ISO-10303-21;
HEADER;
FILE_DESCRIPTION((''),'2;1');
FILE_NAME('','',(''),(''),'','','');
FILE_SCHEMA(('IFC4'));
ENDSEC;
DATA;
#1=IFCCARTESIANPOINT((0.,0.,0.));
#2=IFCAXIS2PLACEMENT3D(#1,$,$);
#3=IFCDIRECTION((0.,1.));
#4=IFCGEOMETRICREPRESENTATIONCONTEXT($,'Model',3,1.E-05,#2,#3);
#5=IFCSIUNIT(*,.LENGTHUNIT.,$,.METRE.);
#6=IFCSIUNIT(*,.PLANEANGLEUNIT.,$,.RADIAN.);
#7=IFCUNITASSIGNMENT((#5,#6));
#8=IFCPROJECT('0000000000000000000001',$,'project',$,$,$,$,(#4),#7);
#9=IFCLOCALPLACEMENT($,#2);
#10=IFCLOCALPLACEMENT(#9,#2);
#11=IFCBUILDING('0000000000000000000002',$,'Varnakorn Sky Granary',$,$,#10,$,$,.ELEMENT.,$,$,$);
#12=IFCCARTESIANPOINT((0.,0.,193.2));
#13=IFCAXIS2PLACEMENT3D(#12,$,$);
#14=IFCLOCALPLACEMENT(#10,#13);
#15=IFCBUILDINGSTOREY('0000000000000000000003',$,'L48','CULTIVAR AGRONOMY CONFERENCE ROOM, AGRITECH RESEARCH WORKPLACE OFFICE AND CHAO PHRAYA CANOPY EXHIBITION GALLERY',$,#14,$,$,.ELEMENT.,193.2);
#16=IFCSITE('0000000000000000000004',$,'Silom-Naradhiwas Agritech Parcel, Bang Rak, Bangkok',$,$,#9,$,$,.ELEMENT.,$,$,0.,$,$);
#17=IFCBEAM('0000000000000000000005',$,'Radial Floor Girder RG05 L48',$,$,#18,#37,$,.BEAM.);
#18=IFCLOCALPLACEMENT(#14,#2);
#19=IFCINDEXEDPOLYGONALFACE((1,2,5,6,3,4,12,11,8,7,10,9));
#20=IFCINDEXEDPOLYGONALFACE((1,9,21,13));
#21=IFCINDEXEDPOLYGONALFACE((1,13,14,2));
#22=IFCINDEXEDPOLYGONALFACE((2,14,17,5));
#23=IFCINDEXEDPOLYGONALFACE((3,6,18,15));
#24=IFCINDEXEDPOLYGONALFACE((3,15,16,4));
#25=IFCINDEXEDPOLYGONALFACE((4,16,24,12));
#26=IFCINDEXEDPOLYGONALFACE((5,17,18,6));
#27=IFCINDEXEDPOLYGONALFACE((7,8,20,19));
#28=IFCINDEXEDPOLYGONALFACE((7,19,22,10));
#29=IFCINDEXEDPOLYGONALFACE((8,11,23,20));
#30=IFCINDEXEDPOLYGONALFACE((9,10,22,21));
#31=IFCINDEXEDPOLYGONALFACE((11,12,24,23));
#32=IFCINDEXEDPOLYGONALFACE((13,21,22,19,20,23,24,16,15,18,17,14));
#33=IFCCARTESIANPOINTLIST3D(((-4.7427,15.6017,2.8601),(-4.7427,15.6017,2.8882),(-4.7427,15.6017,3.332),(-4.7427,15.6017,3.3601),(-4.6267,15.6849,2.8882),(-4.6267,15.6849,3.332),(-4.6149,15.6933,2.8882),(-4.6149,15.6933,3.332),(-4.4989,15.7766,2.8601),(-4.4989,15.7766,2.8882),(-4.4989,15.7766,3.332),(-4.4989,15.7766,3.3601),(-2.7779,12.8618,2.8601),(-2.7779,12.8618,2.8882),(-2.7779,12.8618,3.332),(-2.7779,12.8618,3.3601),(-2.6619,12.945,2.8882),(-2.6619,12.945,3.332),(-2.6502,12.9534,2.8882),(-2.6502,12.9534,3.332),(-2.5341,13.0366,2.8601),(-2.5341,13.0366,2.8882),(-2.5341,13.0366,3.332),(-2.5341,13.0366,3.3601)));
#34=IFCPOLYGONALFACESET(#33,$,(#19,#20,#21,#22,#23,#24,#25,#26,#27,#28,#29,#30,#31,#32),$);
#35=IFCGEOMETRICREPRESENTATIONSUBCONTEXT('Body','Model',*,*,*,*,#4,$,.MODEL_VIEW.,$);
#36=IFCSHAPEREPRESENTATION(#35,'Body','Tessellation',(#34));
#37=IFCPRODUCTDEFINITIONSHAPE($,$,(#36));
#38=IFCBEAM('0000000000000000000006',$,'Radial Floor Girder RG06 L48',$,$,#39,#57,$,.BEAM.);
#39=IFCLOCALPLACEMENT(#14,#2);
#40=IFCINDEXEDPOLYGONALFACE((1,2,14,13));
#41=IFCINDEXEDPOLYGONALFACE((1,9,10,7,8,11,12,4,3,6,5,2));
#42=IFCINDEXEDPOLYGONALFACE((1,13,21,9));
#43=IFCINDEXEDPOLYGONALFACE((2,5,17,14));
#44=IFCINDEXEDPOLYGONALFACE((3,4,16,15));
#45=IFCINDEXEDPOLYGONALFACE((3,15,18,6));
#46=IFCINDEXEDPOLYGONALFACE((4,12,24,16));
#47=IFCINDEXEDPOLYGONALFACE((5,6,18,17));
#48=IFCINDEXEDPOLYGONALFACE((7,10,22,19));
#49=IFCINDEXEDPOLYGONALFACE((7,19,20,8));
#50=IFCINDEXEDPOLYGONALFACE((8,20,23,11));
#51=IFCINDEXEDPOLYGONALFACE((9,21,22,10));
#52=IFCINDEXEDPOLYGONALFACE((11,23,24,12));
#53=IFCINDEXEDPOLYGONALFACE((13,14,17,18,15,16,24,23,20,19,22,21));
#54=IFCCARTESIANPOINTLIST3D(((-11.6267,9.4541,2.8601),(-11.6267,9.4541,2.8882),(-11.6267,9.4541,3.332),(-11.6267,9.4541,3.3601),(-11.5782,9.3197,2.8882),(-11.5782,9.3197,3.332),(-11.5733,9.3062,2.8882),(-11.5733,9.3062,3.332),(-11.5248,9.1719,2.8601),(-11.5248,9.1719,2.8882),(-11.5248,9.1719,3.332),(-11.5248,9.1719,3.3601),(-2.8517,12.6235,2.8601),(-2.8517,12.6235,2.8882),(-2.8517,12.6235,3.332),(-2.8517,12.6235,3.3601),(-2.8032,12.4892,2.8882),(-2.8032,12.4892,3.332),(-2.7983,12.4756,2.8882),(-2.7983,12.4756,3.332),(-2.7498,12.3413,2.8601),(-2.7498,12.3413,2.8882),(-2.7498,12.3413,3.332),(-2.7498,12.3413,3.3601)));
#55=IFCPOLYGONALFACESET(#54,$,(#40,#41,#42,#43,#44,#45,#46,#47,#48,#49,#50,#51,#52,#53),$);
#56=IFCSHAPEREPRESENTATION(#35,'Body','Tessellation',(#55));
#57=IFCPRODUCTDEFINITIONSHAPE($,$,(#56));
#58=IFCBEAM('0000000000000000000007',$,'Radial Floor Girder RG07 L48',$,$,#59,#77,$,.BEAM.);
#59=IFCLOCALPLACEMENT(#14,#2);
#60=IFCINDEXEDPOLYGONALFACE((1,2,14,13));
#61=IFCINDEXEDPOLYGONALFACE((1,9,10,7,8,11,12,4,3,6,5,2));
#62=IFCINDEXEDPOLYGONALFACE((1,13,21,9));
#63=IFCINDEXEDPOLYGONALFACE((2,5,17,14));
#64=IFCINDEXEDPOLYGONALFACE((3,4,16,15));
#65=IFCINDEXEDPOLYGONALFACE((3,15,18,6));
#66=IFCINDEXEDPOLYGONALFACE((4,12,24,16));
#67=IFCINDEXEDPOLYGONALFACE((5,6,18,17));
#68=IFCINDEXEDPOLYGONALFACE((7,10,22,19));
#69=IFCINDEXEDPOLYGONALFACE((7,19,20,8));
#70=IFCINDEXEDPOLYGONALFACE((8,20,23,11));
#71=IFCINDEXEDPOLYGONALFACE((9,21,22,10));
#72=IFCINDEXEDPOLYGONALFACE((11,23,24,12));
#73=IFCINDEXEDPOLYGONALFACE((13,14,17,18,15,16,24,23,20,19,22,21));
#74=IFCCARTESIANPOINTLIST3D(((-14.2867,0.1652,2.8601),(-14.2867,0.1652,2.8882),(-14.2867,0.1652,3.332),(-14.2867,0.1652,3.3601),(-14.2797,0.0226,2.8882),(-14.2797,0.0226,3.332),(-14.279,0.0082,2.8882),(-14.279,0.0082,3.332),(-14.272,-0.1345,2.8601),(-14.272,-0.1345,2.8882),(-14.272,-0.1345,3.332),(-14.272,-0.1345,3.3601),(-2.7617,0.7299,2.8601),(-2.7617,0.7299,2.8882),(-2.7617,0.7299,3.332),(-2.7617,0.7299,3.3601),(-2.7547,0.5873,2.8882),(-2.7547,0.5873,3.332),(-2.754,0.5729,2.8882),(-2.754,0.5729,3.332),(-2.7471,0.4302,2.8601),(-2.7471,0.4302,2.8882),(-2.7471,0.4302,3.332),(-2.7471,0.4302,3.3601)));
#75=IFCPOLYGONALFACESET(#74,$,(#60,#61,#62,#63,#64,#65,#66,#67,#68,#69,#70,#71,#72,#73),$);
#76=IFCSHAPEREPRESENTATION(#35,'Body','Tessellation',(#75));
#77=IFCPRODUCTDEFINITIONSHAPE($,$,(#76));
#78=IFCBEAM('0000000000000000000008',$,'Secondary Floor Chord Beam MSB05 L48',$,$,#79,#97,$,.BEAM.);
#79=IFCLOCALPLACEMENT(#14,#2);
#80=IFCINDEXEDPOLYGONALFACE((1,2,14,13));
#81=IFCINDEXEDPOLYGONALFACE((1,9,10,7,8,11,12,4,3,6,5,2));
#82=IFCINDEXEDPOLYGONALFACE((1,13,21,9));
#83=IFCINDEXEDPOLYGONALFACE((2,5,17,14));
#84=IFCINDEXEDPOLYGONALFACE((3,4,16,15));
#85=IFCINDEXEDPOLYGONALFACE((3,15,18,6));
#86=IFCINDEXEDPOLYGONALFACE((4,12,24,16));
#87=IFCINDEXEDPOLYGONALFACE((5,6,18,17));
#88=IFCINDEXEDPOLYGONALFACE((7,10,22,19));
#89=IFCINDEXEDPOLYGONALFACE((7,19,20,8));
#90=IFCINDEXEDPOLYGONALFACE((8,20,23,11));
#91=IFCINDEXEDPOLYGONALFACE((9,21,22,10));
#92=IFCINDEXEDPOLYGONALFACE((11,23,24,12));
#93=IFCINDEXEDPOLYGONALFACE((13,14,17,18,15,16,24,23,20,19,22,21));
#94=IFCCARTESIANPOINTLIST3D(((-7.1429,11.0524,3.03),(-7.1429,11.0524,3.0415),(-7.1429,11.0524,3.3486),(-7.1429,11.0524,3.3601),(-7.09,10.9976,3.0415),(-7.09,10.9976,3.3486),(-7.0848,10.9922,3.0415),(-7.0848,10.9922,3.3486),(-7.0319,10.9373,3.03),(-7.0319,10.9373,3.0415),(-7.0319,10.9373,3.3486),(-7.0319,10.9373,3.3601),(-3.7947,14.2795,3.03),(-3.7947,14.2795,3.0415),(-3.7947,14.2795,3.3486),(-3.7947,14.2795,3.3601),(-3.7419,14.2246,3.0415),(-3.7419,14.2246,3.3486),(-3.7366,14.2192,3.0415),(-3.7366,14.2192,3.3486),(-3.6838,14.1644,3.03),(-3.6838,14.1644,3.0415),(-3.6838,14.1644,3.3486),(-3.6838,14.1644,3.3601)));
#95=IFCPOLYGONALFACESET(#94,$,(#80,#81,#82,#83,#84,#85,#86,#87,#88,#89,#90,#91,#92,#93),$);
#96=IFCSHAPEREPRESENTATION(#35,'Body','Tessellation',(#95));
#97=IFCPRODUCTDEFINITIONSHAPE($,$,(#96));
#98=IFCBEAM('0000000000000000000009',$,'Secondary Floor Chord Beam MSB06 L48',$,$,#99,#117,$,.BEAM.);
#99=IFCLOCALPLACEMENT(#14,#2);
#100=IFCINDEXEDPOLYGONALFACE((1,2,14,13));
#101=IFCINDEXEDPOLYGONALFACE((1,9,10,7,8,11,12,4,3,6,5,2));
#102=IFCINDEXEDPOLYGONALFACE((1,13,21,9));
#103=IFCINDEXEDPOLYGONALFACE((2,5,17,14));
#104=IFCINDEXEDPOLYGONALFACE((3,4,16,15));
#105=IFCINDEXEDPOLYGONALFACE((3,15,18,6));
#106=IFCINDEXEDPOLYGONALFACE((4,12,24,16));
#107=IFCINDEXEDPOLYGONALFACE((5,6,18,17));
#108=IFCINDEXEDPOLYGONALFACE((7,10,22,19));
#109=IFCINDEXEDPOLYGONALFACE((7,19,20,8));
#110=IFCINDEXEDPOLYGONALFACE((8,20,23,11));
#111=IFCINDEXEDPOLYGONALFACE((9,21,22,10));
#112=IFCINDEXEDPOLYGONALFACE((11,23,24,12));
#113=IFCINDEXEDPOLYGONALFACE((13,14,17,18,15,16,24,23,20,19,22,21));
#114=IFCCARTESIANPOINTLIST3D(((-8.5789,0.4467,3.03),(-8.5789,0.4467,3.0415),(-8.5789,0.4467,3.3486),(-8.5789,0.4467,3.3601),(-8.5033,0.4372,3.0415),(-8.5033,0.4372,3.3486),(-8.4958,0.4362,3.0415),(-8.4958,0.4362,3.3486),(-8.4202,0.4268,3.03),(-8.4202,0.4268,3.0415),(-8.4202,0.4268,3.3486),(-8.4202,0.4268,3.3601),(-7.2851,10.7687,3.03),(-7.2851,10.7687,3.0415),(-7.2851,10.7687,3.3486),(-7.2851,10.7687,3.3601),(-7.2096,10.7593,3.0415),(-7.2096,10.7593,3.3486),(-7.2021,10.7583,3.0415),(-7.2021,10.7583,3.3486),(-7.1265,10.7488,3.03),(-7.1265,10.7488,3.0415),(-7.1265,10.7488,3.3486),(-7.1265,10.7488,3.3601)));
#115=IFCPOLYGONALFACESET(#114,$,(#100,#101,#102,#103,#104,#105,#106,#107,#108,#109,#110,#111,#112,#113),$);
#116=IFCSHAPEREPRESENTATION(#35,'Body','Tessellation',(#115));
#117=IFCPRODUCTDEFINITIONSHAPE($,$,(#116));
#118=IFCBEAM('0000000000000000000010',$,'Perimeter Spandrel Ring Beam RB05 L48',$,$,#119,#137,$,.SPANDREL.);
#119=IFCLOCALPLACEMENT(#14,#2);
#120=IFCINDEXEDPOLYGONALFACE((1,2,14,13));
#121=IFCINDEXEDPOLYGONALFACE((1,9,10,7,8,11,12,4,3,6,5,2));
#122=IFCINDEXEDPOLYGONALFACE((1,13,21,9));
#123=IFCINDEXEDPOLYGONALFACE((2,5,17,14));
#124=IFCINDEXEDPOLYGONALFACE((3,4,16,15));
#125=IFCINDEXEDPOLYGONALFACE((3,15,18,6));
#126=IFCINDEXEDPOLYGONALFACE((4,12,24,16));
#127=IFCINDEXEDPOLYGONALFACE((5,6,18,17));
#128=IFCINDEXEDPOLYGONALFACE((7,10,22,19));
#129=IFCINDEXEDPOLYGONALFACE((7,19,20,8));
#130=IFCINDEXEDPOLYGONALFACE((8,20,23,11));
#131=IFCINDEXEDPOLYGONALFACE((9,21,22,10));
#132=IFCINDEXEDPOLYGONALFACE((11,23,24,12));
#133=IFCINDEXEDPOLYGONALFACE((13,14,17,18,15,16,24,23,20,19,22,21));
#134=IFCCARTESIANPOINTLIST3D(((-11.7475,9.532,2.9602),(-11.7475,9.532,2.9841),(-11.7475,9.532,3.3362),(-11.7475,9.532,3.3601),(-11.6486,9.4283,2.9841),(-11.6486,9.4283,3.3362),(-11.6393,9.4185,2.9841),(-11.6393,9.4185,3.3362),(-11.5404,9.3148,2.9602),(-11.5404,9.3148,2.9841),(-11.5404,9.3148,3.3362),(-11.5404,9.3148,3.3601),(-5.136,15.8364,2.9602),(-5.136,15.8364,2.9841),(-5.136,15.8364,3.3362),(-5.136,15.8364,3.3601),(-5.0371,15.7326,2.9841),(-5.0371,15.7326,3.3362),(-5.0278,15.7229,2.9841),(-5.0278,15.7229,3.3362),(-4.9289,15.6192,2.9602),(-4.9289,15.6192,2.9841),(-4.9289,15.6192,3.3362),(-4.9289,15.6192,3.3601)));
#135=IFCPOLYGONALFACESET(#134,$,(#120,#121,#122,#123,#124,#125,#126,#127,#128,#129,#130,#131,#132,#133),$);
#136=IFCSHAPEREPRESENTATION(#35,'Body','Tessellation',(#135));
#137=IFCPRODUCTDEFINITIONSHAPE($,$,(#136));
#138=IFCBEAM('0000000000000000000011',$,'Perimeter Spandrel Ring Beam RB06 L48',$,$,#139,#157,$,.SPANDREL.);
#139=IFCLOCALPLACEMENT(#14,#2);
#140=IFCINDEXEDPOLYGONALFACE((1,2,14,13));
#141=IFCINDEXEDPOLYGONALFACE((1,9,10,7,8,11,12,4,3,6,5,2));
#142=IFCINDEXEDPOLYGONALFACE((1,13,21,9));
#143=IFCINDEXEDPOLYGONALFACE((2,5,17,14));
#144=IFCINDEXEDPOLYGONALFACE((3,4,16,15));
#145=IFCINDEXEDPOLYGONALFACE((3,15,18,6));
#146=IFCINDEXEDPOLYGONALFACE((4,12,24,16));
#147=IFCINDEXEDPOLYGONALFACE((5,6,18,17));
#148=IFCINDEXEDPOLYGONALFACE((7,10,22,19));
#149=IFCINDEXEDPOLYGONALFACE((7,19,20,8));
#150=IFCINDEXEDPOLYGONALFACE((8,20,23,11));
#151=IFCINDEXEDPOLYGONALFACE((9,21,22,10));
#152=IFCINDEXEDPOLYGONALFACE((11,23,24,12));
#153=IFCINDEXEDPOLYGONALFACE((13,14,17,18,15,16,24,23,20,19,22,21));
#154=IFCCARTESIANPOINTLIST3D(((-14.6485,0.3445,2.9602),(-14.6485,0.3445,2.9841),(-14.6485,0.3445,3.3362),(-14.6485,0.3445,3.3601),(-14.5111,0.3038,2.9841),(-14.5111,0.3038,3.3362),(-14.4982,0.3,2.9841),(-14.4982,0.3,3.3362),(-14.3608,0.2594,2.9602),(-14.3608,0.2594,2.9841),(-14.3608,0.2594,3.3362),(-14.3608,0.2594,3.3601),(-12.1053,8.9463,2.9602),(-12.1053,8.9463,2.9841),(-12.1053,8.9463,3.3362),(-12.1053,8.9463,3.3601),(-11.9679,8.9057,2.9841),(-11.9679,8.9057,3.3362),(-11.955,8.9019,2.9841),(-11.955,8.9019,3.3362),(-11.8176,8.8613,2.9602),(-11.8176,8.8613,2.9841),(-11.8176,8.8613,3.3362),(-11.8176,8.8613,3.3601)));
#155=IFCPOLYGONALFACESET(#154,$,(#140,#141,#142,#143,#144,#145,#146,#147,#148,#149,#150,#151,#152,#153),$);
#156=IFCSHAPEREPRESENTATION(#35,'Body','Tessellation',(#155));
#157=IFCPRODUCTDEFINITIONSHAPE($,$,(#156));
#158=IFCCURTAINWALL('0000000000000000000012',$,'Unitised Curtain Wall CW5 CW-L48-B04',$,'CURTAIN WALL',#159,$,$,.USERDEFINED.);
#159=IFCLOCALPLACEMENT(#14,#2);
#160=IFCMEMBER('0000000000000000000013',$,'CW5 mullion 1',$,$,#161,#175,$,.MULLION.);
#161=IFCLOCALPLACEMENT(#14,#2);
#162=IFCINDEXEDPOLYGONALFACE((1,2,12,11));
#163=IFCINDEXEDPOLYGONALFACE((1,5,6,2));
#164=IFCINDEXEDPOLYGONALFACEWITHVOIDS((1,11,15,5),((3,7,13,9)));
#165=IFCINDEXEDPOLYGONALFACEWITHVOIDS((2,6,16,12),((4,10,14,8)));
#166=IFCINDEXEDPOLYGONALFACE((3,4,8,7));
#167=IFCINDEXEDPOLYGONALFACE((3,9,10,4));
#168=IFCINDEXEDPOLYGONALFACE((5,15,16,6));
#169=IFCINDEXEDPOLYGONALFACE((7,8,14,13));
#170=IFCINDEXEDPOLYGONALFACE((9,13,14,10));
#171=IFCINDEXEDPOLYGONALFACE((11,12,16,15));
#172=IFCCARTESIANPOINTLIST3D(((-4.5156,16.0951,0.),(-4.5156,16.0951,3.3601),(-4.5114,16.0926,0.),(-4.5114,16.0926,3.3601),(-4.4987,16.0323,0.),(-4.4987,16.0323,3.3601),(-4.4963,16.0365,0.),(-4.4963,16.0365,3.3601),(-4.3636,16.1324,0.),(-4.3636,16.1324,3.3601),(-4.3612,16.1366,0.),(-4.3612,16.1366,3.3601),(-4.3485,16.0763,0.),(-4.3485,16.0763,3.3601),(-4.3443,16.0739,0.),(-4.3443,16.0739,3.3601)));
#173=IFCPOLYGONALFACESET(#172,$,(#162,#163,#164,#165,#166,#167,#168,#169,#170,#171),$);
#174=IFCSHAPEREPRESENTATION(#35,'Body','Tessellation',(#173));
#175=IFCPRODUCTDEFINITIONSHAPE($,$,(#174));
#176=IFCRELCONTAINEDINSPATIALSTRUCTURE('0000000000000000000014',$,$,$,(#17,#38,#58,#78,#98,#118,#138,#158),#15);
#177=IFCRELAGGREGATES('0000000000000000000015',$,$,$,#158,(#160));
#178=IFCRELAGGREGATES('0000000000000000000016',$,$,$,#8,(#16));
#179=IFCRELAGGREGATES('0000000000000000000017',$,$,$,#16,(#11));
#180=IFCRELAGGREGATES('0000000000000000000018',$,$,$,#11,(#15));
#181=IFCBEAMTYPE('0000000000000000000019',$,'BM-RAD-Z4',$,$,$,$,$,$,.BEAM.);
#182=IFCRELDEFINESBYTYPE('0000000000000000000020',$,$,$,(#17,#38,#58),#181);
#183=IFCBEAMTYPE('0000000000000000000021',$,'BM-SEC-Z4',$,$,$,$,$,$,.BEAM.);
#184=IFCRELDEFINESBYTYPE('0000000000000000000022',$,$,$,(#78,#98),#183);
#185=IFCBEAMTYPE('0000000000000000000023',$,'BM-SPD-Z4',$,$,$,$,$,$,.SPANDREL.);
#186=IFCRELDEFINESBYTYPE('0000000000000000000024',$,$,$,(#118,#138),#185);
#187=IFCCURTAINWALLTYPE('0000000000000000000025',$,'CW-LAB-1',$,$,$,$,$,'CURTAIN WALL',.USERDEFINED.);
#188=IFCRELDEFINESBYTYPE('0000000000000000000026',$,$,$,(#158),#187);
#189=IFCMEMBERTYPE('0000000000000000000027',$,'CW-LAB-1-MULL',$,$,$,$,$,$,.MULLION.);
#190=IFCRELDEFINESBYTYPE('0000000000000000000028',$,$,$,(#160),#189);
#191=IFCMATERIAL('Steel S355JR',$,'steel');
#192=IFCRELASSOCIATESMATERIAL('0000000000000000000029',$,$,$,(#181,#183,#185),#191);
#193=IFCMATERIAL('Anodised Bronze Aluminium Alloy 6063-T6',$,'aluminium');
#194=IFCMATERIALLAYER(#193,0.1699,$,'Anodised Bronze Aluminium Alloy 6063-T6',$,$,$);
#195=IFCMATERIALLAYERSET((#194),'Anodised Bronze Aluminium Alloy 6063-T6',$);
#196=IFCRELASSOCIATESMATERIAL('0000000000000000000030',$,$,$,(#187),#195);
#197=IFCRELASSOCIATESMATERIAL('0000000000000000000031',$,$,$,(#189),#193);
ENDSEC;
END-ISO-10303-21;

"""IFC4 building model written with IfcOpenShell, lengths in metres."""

from ifc_helpers import new_model, si_unit, direction, frame, origin, origin_2d, place, context, subcontext, project, spatial, hollow_rectangle, i_section, extrude, material, layer, layer_set, material_profile, profile_set, type_object, element, aggregate, save


model = new_model("IFC4")

# Units and contexts
model_context = context("Model", 3, precision=1e-05, world=origin(), true_north=direction((0.0, 1.0)))
body_context = subcontext(model_context, "Body", "Model", "MODEL_VIEW")
ifc_project = project(units=[si_unit("LENGTHUNIT", "METRE"), si_unit("PLANEANGLEUNIT", "RADIAN")], contexts=[model_context])

# Site, building, storey
site_placement = place(None, origin())
site = spatial("IfcSite", under=ifc_project, at=site_placement, Name="Silom-Naradhiwas Agritech Parcel, Bang Rak, Bangkok", CompositionType="ELEMENT", RefElevation=0.0)
building_placement = place(site_placement, origin())
building = spatial("IfcBuilding", under=site, at=building_placement, Name="Varnakorn Sky Granary", CompositionType="ELEMENT")
storey_placement = place(building_placement, frame((0.0, 0.0, 193.2)))
storey = spatial("IfcBuildingStorey", under=building, at=storey_placement, Name="L48", Description="CULTIVAR AGRONOMY CONFERENCE ROOM, AGRITECH RESEARCH WORKPLACE OFFICE AND CHAO PHRAYA CANOPY EXHIBITION GALLERY", CompositionType="ELEMENT", Elevation=193.2)

# Beams
ifc_material_1 = material(Name="Steel S355JR", Category="steel")
ifc_material_profile_1 = material_profile(ifc_material_1, i_section(OverallWidth=0.3, OverallDepth=0.5, WebThickness=0.0144, FlangeThickness=0.0281, at=origin_2d()), Name="HE 500 B")
ifc_profile_set_1 = profile_set([ifc_material_profile_1], Name="Steel S355JR")
beam_type_1 = type_object("IfcBeamType", Name="BM-RAD-Z4", PredefinedType="BEAM", material=ifc_profile_set_1)
beam_1_placement = place(storey_placement, frame((-2.656, 12.9492, 3.1101), z_axis=(-0.582751, 0.812651, 0.0), x_axis=(-0.812651, -0.582751, 0.0)))
element("IfcBeam", 1, at=beam_1_placement, inside=storey, type_object=beam_type_1, Name="Radial Floor Girder RG05 L48", PredefinedType="BEAM", context=body_context, shape_type="SweptSolid", body=[
    extrude(i_section(OverallWidth=0.3, OverallDepth=0.5, WebThickness=0.0144, FlangeThickness=0.0281, at=origin_2d()), origin(), (0.0, 0.0, 1.0), 3.3716),
])
beam_2_placement = place(storey_placement, frame((-2.8008, 12.4824, 3.1101), z_axis=(-0.940529, -0.339713, 0.0), x_axis=(0.339713, -0.940529, 0.0)))
element("IfcBeam", 2, at=beam_2_placement, inside=storey, type_object=beam_type_1, Name="Radial Floor Girder RG06 L48", PredefinedType="BEAM", context=body_context, shape_type="SweptSolid", body=[
    extrude(i_section(OverallWidth=0.3, OverallDepth=0.5, WebThickness=0.0144, FlangeThickness=0.0281, at=origin_2d()), origin(), (0.0, 0.0, 1.0), 9.3298),
])
beam_3_placement = place(storey_placement, frame((-2.7544, 0.5801, 3.1101), z_axis=(-0.998802, -0.048939, 0.0), x_axis=(0.048939, -0.998802, 0.0)))
element("IfcBeam", 3, at=beam_3_placement, inside=storey, type_object=beam_type_1, Name="Radial Floor Girder RG07 L48", PredefinedType="BEAM", context=body_context, shape_type="SweptSolid", body=[
    extrude(i_section(OverallWidth=0.3, OverallDepth=0.5, WebThickness=0.0144, FlangeThickness=0.0281, at=origin_2d()), origin(), (0.0, 0.0, 1.0), 11.5388),
])
ifc_material_profile_2 = material_profile(ifc_material_1, i_section(OverallWidth=0.1599, OverallDepth=0.3301, WebThickness=0.0076, FlangeThickness=0.0115, at=origin_2d()), Name="IPE 330")
ifc_profile_set_2 = profile_set([ifc_material_profile_2], Name="Steel S355JR")
beam_type_2 = type_object("IfcBeamType", Name="BM-SEC-Z4", PredefinedType="BEAM", material=ifc_profile_set_2)
beam_4_placement = place(storey_placement, frame((-3.7393, 14.2219, 3.1951), z_axis=(-0.720007, -0.693966, 0.0), x_axis=(0.693966, -0.720007, 0.0)))
element("IfcBeam", 4, at=beam_4_placement, inside=storey, type_object=beam_type_2, Name="Secondary Floor Chord Beam MSB05 L48", PredefinedType="BEAM", context=body_context, shape_type="SweptSolid", body=[
    extrude(i_section(OverallWidth=0.1599, OverallDepth=0.3301, WebThickness=0.0076, FlangeThickness=0.0115, at=origin_2d()), origin(), (0.0, 0.0, 1.0), 4.6501),
])
beam_5_placement = place(storey_placement, frame((-7.2058, 10.7588, 3.1951), z_axis=(-0.124361, -0.992237, 0.0), x_axis=(0.992237, -0.124361, 0.0)))
element("IfcBeam", 5, at=beam_5_placement, inside=storey, type_object=beam_type_2, Name="Secondary Floor Chord Beam MSB06 L48", PredefinedType="BEAM", context=body_context, shape_type="SweptSolid", body=[
    extrude(i_section(OverallWidth=0.1599, OverallDepth=0.3301, WebThickness=0.0076, FlangeThickness=0.0115, at=origin_2d()), origin(), (0.0, 0.0, 1.0), 10.4028),
])
ifc_material_profile_3 = material_profile(ifc_material_1, i_section(OverallWidth=0.3, OverallDepth=0.3999, WebThickness=0.0134, FlangeThickness=0.0239, at=origin_2d()), Name="HE 400 B")
ifc_profile_set_3 = profile_set([ifc_material_profile_3], Name="Steel S355JR")
beam_type_3 = type_object("IfcBeamType", Name="BM-SPD-Z4", PredefinedType="SPANDREL", material=ifc_profile_set_3)
beam_6_placement = place(storey_placement, frame((-5.0325, 15.7278, 3.1602), z_axis=(-0.723716, -0.690097, 0.0), x_axis=(0.690097, -0.723716, 0.0)))
element("IfcBeam", 6, at=beam_6_placement, inside=storey, type_object=beam_type_3, Name="Perimeter Spandrel Ring Beam RB05 L48", PredefinedType="SPANDREL", context=body_context, shape_type="SweptSolid", body=[
    extrude(i_section(OverallWidth=0.3, OverallDepth=0.3999, WebThickness=0.0134, FlangeThickness=0.0239, at=origin_2d()), origin(), (0.0, 0.0, 1.0), 9.1355),
])
beam_7_placement = place(storey_placement, frame((-11.9614, 8.9038, 3.1602), z_axis=(-0.283528, -0.958964, 0.0), x_axis=(0.958964, -0.283528, 0.0)))
element("IfcBeam", 7, at=beam_7_placement, inside=storey, type_object=beam_type_3, Name="Perimeter Spandrel Ring Beam RB06 L48", PredefinedType="SPANDREL", context=body_context, shape_type="SweptSolid", body=[
    extrude(i_section(OverallWidth=0.3, OverallDepth=0.3999, WebThickness=0.0134, FlangeThickness=0.0239, at=origin_2d()), origin(), (0.0, 0.0, 1.0), 8.97),
])

# Curtain wall, member
ifc_material_2 = material(Name="Anodised Bronze Aluminium Alloy 6063-T6", Category="aluminium")
ifc_layer_1 = layer(ifc_material_2, 0.1699, Name="Anodised Bronze Aluminium Alloy 6063-T6")
ifc_layer_set_1 = layer_set([ifc_layer_1], Name="Anodised Bronze Aluminium Alloy 6063-T6")
curtain_wall_type = type_object("IfcCurtainWallType", Name="CW-LAB-1", ElementType="CURTAIN WALL", PredefinedType="USERDEFINED", material=ifc_layer_set_1)
curtain_wall_1_placement = place(storey_placement, origin())
curtain_wall_1 = element("IfcCurtainWall", 8, at=curtain_wall_1_placement, inside=storey, type_object=curtain_wall_type, Name="Unitised Curtain Wall CW5 CW-L48-B04", ObjectType="CURTAIN WALL", PredefinedType="USERDEFINED")
ifc_material_profile_4 = material_profile(ifc_material_2, hollow_rectangle(XDim=0.0649, YDim=0.1599, WallThickness=0.0034, at=origin_2d()), Name="ALU MULL 65x160")
ifc_profile_set_4 = profile_set([ifc_material_profile_4], Name="Anodised Bronze Aluminium Alloy 6063-T6")
member_type_1 = type_object("IfcMemberType", Name="CW-LAB-1-MULL", PredefinedType="MULLION", material=ifc_profile_set_4)
member_1_placement = place(storey_placement, frame((-4.4299, 16.0845, 0.0), z_axis=(0.0, 0.0, 1.0), x_axis=(-0.25979, 0.965665, 0.0)))
member_1 = element("IfcMember", 9, at=member_1_placement, type_object=member_type_1, Name="CW5 mullion 1", PredefinedType="MULLION", context=body_context, shape_type="SweptSolid", body=[
    extrude(hollow_rectangle(XDim=0.0649, YDim=0.1599, WallThickness=0.0034, at=origin_2d()), origin(), (0.0, 0.0, 1.0), 3.3601),
])

aggregate(curtain_wall_1, [member_1])

save(model, "model.ifc")
